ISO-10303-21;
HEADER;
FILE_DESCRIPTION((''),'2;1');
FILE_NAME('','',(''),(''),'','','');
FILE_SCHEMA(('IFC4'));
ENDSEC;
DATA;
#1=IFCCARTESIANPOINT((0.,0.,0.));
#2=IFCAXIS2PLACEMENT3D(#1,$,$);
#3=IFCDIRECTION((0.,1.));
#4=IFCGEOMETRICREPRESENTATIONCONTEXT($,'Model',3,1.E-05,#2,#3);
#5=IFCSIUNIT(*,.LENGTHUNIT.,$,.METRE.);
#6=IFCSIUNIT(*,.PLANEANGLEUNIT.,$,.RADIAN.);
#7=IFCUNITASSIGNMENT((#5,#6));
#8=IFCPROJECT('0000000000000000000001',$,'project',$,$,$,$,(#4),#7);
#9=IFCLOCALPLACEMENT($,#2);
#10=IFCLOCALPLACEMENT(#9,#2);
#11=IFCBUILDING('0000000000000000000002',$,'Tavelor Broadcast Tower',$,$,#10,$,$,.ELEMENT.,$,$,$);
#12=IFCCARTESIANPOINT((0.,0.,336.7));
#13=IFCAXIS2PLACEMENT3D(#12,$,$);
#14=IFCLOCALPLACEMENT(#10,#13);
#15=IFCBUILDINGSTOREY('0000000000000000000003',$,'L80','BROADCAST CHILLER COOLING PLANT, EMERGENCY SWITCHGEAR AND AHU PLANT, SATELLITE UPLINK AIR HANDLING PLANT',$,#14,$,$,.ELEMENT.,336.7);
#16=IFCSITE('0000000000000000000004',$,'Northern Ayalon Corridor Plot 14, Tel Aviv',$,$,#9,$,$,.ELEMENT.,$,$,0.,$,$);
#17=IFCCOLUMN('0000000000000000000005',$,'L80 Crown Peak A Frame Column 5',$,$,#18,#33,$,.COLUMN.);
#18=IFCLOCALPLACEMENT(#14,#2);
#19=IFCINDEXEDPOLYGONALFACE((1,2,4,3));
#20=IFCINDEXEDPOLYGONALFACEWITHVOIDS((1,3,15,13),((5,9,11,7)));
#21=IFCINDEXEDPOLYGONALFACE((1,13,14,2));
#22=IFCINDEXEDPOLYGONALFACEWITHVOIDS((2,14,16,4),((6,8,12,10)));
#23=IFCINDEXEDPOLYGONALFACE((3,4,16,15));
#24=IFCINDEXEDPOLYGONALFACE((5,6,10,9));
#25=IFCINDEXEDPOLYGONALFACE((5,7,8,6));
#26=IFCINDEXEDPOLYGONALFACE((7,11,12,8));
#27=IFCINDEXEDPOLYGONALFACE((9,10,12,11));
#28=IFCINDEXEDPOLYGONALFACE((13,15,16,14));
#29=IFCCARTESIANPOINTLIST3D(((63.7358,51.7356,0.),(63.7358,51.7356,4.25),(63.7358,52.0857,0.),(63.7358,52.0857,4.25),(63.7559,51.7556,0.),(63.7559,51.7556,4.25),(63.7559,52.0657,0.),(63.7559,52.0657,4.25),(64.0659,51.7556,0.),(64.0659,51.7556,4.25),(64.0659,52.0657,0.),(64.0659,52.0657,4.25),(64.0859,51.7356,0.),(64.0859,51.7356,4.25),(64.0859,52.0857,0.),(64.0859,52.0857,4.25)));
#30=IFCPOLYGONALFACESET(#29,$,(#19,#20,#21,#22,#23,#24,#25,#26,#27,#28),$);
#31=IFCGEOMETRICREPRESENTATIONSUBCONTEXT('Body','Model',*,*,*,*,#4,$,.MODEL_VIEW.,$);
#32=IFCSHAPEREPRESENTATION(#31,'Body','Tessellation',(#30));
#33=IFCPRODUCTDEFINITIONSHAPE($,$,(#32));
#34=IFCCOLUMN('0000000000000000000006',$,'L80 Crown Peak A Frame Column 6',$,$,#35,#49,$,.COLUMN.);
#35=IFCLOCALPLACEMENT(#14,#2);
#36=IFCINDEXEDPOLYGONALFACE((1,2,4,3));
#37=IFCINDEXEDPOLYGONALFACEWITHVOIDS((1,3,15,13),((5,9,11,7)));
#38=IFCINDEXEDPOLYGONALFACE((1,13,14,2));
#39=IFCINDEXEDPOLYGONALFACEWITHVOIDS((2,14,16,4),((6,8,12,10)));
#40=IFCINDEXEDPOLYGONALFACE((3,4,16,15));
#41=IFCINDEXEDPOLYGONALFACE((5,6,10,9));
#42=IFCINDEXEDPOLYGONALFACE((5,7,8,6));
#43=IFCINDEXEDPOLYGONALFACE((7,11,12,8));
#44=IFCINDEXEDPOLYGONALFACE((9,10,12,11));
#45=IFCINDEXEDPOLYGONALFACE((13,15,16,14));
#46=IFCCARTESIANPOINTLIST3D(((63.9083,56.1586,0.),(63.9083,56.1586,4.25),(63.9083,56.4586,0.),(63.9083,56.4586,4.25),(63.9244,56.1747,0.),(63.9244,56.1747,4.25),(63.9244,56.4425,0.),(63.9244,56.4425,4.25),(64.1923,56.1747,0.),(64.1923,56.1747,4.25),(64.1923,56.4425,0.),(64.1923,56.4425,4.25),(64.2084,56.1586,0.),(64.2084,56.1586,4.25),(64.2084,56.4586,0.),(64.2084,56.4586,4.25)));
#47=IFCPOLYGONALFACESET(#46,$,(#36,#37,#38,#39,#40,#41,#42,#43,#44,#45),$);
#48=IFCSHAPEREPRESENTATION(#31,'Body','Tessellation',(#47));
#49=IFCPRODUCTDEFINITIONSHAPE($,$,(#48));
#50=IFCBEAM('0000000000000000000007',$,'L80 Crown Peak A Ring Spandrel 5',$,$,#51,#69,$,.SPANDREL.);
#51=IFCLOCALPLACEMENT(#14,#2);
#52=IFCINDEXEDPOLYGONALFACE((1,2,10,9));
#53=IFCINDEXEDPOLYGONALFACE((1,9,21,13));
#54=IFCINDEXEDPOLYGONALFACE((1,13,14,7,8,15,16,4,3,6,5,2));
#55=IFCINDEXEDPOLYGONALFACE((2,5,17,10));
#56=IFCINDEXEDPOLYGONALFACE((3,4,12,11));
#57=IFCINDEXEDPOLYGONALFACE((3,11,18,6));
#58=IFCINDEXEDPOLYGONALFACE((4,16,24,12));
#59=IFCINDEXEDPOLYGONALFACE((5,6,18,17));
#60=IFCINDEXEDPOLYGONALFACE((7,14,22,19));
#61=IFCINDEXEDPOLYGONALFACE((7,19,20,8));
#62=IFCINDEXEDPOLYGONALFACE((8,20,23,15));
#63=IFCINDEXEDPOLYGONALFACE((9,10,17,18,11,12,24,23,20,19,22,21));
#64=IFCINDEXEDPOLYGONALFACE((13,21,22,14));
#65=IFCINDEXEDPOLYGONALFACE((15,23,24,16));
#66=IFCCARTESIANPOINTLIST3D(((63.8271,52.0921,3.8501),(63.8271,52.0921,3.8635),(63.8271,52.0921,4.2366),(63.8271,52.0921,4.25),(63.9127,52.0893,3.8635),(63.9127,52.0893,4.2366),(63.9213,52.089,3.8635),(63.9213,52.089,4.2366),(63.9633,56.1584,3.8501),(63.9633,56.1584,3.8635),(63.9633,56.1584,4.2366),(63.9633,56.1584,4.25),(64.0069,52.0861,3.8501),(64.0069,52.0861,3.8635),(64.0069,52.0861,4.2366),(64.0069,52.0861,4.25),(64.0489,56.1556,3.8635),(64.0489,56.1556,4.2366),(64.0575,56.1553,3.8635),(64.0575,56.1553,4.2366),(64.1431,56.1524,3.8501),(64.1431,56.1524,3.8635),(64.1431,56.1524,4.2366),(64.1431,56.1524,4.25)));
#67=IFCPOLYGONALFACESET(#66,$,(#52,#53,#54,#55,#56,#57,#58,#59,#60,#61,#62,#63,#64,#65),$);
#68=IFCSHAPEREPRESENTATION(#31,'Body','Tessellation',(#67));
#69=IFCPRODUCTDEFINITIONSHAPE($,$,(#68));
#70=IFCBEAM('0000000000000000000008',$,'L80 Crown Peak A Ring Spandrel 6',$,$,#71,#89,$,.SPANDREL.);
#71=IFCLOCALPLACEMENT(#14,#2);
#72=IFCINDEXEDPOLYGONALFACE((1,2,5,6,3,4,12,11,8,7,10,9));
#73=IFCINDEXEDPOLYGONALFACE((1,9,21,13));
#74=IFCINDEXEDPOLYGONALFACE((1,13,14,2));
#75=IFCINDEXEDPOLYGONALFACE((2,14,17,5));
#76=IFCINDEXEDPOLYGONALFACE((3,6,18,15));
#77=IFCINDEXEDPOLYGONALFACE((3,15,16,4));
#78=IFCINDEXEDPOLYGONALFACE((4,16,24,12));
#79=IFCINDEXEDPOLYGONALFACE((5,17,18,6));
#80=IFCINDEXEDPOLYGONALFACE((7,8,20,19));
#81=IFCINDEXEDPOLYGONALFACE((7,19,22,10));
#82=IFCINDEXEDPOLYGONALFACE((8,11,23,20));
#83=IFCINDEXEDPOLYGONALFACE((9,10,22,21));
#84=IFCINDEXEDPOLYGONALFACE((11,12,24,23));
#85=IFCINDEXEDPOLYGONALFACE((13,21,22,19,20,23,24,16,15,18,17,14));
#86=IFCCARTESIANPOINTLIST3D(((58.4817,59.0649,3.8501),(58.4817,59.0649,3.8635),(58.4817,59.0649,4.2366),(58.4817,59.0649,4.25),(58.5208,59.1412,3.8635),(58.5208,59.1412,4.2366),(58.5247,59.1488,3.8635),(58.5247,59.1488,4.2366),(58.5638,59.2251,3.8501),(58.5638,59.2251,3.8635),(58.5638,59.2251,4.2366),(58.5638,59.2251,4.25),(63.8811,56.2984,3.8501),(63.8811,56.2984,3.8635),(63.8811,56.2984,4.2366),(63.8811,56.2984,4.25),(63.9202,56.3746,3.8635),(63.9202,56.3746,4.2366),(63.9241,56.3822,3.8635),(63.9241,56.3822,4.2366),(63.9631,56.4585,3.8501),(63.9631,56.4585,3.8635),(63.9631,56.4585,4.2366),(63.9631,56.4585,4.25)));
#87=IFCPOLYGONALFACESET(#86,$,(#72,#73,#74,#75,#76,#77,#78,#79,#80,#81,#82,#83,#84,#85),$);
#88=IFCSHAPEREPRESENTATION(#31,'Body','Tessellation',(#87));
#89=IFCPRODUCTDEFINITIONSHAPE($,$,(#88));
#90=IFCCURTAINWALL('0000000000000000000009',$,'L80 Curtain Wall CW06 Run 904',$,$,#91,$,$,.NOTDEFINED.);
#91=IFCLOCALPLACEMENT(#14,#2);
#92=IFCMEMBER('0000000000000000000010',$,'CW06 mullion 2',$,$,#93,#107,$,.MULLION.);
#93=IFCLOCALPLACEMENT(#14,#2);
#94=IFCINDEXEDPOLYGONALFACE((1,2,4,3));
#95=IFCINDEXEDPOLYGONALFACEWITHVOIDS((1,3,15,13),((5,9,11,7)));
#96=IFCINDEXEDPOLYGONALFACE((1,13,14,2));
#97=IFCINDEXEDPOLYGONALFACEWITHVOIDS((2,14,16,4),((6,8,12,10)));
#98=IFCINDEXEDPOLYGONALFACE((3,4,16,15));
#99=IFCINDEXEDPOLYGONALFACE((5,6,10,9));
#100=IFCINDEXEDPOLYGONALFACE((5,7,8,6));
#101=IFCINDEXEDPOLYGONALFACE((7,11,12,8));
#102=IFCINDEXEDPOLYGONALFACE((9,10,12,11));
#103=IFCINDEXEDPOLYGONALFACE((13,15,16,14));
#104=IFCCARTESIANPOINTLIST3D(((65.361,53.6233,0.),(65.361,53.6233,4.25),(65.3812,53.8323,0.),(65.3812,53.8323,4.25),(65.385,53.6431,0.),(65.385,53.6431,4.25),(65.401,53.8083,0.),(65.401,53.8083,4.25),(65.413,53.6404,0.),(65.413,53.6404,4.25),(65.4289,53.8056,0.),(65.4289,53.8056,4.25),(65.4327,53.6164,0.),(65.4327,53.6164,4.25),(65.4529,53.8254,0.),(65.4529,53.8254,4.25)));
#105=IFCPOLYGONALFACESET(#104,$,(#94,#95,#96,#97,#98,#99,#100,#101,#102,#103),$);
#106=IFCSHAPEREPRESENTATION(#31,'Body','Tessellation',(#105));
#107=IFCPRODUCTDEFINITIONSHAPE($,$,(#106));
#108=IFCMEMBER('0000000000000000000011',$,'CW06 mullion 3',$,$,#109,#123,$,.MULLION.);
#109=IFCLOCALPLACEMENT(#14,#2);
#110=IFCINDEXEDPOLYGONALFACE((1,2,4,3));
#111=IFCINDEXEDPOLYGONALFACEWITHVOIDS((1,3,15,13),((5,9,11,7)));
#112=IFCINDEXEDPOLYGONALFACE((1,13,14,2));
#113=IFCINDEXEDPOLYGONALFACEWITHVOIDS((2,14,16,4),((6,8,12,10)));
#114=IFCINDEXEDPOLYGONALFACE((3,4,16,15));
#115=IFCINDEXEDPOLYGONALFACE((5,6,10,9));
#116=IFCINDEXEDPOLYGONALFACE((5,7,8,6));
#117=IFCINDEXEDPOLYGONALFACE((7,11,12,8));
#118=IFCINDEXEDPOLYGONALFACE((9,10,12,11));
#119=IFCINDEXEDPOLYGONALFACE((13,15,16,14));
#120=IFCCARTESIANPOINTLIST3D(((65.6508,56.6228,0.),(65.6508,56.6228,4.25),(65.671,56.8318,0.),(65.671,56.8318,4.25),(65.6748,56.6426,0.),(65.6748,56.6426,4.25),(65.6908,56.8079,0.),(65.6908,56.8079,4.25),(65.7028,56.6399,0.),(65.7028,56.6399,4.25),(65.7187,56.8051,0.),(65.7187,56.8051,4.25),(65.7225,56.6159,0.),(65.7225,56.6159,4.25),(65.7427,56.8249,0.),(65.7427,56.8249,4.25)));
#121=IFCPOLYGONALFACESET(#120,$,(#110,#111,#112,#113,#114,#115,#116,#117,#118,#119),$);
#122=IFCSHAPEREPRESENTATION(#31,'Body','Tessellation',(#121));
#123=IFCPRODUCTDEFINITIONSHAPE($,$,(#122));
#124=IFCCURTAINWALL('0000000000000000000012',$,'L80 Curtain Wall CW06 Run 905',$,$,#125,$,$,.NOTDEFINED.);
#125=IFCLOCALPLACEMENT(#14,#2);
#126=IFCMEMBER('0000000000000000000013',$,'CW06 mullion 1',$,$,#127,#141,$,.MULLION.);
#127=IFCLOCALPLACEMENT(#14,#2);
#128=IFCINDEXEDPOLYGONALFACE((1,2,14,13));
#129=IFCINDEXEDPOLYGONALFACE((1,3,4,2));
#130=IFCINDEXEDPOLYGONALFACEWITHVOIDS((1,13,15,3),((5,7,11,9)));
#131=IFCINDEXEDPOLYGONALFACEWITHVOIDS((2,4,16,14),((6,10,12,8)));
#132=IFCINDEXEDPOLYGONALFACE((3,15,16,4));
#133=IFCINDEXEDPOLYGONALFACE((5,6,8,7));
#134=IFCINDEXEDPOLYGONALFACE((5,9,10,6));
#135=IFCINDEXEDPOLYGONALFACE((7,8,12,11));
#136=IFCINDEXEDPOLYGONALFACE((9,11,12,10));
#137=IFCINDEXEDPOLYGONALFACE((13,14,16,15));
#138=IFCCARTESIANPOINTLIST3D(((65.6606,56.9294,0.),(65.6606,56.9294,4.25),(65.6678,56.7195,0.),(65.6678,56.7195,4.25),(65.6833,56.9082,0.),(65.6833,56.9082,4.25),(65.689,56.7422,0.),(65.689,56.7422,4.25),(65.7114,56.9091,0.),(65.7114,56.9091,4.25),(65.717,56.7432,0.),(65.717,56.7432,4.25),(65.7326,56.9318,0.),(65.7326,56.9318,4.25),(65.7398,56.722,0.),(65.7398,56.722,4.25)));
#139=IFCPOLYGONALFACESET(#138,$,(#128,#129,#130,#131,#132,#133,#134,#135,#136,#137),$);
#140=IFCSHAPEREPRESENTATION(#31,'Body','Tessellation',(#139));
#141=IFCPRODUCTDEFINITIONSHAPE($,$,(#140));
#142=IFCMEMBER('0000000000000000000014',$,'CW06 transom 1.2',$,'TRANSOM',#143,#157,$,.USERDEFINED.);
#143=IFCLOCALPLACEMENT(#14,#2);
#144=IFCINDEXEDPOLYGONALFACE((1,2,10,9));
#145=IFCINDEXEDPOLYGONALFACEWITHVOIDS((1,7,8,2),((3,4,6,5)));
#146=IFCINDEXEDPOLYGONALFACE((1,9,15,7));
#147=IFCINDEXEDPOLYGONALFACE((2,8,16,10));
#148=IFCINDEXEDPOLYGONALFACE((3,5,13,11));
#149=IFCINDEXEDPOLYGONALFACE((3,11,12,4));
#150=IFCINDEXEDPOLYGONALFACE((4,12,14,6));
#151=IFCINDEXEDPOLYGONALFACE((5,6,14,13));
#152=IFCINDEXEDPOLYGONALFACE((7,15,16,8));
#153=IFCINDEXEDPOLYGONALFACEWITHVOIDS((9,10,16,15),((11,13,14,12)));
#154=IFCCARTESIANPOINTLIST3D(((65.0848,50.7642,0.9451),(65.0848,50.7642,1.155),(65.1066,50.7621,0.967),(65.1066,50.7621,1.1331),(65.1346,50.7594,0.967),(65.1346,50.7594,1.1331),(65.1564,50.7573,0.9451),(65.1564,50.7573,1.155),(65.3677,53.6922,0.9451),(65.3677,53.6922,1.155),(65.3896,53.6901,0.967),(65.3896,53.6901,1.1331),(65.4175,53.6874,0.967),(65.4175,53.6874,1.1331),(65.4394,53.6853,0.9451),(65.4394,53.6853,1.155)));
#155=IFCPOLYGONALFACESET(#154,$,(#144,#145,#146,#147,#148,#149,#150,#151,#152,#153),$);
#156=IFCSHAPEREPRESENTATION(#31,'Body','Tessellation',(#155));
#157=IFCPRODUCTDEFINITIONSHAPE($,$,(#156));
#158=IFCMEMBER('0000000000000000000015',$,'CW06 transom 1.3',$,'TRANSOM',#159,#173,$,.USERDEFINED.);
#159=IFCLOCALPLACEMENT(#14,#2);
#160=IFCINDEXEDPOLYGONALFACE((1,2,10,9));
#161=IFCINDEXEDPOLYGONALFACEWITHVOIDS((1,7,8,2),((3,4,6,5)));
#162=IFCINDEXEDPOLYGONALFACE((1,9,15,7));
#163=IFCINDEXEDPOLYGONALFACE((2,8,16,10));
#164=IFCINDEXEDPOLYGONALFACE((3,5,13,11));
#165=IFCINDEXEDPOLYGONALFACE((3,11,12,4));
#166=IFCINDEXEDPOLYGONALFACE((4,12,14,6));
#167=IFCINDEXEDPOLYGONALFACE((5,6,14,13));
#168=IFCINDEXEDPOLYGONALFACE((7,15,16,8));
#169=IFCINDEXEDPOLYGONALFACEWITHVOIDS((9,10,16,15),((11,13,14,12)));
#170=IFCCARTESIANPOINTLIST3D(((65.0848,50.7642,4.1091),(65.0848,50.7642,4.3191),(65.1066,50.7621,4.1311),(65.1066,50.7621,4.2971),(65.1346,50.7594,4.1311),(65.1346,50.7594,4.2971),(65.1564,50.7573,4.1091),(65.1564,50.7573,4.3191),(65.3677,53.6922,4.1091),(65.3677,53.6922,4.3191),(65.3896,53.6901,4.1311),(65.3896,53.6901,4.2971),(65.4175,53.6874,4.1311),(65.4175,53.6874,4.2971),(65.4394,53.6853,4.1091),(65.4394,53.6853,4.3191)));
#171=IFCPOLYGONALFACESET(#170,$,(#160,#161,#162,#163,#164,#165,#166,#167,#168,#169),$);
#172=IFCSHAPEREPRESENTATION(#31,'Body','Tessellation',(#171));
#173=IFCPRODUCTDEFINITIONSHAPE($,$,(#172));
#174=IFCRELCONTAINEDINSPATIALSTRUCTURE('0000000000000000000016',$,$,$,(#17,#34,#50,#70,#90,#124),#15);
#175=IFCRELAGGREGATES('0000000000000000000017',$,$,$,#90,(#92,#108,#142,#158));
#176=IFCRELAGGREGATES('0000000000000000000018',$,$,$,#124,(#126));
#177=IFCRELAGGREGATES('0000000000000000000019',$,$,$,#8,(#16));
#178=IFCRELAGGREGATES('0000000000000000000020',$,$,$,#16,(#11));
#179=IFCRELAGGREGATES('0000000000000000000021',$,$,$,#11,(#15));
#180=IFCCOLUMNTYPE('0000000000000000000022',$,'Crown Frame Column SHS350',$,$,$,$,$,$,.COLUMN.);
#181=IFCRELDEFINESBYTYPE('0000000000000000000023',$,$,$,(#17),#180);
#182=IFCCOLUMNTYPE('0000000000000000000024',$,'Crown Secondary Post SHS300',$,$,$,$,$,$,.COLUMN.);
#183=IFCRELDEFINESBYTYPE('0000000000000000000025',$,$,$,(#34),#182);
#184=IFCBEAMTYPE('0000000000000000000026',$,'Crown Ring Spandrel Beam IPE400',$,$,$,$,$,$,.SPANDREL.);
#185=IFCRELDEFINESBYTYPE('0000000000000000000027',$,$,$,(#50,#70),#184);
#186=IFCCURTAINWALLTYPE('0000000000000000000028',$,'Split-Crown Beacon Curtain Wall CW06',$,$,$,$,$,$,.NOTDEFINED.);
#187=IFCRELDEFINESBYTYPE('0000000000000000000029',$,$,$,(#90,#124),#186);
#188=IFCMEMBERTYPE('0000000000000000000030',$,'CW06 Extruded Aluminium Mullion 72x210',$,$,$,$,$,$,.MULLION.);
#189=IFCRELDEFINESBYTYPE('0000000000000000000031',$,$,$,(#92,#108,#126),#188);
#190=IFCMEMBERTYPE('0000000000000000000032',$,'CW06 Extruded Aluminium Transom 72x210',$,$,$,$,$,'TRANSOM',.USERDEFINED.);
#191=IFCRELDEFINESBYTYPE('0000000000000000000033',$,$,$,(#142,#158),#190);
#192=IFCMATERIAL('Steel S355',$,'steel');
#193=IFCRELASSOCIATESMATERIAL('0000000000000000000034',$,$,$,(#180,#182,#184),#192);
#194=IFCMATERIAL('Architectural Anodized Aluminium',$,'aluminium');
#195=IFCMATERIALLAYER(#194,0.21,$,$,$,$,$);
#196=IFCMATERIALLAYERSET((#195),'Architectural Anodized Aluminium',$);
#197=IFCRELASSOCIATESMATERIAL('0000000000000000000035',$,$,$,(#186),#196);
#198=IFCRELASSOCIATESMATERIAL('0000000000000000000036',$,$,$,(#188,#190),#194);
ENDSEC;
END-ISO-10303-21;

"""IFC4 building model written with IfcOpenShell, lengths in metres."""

from ifc_helpers import new_model, si_unit, direction, frame, origin, origin_2d, place, context, subcontext, project, spatial, hollow_rectangle, i_section, extrude, source, transform, mapped, material, layer, layer_set, material_profile, profile_set, type_object, type_shapes, element, aggregate, save


model = new_model("IFC4")

# Units and contexts
model_context = context("Model", 3, precision=1e-05, world=origin(), true_north=direction((0.0, 1.0)))
body_context = subcontext(model_context, "Body", "Model", "MODEL_VIEW")
ifc_project = project(units=[si_unit("LENGTHUNIT", "METRE"), si_unit("PLANEANGLEUNIT", "RADIAN")], contexts=[model_context])

# Site, building, storey
site_placement = place(None, origin())
site = spatial("IfcSite", under=ifc_project, at=site_placement, Name="Northern Ayalon Corridor Plot 14, Tel Aviv", CompositionType="ELEMENT", RefElevation=0.0)
building_placement = place(site_placement, origin())
building = spatial("IfcBuilding", under=site, at=building_placement, Name="Tavelor Broadcast Tower", CompositionType="ELEMENT")
storey_placement = place(building_placement, frame((0.0, 0.0, 336.7)))
storey = spatial("IfcBuildingStorey", under=building, at=storey_placement, Name="L80", Description="BROADCAST CHILLER COOLING PLANT, EMERGENCY SWITCHGEAR AND AHU PLANT, SATELLITE UPLINK AIR HANDLING PLANT", CompositionType="ELEMENT", Elevation=336.7)

# Columns
ifc_material_1 = material(Name="Steel S355", Category="steel")
ifc_material_profile_1 = material_profile(ifc_material_1, hollow_rectangle(XDim=0.3501, YDim=0.3501, WallThickness=0.02, at=origin_2d()), Name="SHS 350x350x20")
ifc_profile_set_1 = profile_set([ifc_material_profile_1], Name="Steel S355")
column_type_1 = type_object("IfcColumnType", Name="Crown Frame Column SHS350", PredefinedType="COLUMN", material=ifc_profile_set_1)
column_1_placement = place(storey_placement, frame((63.9109, 51.9106, 0.0), z_axis=(0.0, 0.0, 1.0), x_axis=(1.0, 0.0, 0.0)))
element("IfcColumn", 1, at=column_1_placement, inside=storey, type_object=column_type_1, Name="L80 Crown Peak A Frame Column 5", PredefinedType="COLUMN", context=body_context, shape_type="SweptSolid", body=[
    extrude(hollow_rectangle(XDim=0.3501, YDim=0.3501, WallThickness=0.02, at=origin_2d()), origin(), (0.0, 0.0, 1.0), 4.25),
])
ifc_material_profile_2 = material_profile(ifc_material_1, hollow_rectangle(XDim=0.3, YDim=0.3, WallThickness=0.0161, at=origin_2d()), Name="SHS 300x300x16")
ifc_profile_set_2 = profile_set([ifc_material_profile_2], Name="Steel S355")
column_type_2 = type_object("IfcColumnType", Name="Crown Secondary Post SHS300", PredefinedType="COLUMN", material=ifc_profile_set_2)
column_2_placement = place(storey_placement, frame((64.0583, 56.3086, 0.0), z_axis=(0.0, 0.0, 1.0), x_axis=(1.0, 0.0, 0.0)))
element("IfcColumn", 2, at=column_2_placement, inside=storey, type_object=column_type_2, Name="L80 Crown Peak A Frame Column 6", PredefinedType="COLUMN", context=body_context, shape_type="SweptSolid", body=[
    extrude(hollow_rectangle(XDim=0.3, YDim=0.3, WallThickness=0.0161, at=origin_2d()), origin(), (0.0, 0.0, 1.0), 4.25),
])

# Beams
ifc_material_profile_3 = material_profile(ifc_material_1, i_section(OverallWidth=0.1799, OverallDepth=0.3999, WebThickness=0.0085, FlangeThickness=0.0134, at=origin_2d()), Name="IPE 400")
ifc_profile_set_3 = profile_set([ifc_material_profile_3], Name="Steel S355")
beam_type = type_object("IfcBeamType", Name="Crown Ring Spandrel Beam IPE400", PredefinedType="SPANDREL", material=ifc_profile_set_3)
beam_1_placement = place(storey_placement, frame((63.917, 52.0891, 4.05), z_axis=(0.033483, 0.999439, 0.0), x_axis=(-0.999439, 0.033483, 0.0)))
element("IfcBeam", 3, at=beam_1_placement, inside=storey, type_object=beam_type, Name="L80 Crown Peak A Ring Spandrel 5", PredefinedType="SPANDREL", context=body_context, shape_type="SweptSolid", body=[
    extrude(i_section(OverallWidth=0.1799, OverallDepth=0.3999, WebThickness=0.0085, FlangeThickness=0.0134, at=origin_2d()), origin(), (0.0, 0.0, 1.0), 4.0686),
])
beam_2_placement = place(storey_placement, frame((63.9221, 56.3784, 4.05), z_axis=(-0.889973, 0.456013, 0.0), x_axis=(-0.456013, -0.889973, 0.0)))
element("IfcBeam", 4, at=beam_2_placement, inside=storey, type_object=beam_type, Name="L80 Crown Peak A Ring Spandrel 6", PredefinedType="SPANDREL", context=body_context, shape_type="SweptSolid", body=[
    extrude(i_section(OverallWidth=0.1799, OverallDepth=0.3999, WebThickness=0.0085, FlangeThickness=0.0134, at=origin_2d()), origin(), (0.0, 0.0, 1.0), 6.0669),
])

# Curtain wall, members
ifc_material_2 = material(Name="Architectural Anodized Aluminium", Category="aluminium")
ifc_layer_1 = layer(ifc_material_2, 0.21)
ifc_layer_set_1 = layer_set([ifc_layer_1], Name="Architectural Anodized Aluminium")
curtain_wall_type = type_object("IfcCurtainWallType", Name="Split-Crown Beacon Curtain Wall CW06", PredefinedType="NOTDEFINED", material=ifc_layer_set_1)
curtain_wall_1_placement = place(storey_placement, origin())
curtain_wall_1 = element("IfcCurtainWall", 5, at=curtain_wall_1_placement, inside=storey, type_object=curtain_wall_type, Name="L80 Curtain Wall CW06 Run 904", PredefinedType="NOTDEFINED")
ifc_material_profile_4 = material_profile(ifc_material_2, hollow_rectangle(XDim=0.072, YDim=0.21, WallThickness=0.022, at=origin_2d()), Name="RHS 72x210x22")
ifc_profile_set_4 = profile_set([ifc_material_profile_4], Name="Architectural Anodized Aluminium")
member_type_1 = type_object("IfcMemberType", Name="CW06 Extruded Aluminium Mullion 72x210", PredefinedType="MULLION", material=ifc_profile_set_4)
shared_shape_1 = source(origin(), body_context, "Body", "SweptSolid", [
    extrude(hollow_rectangle(XDim=0.072, YDim=0.21, WallThickness=0.022, at=origin_2d()), origin(), (0.0, 0.0, 1.0), 4.25),
])
type_shapes(member_type_1, [shared_shape_1])
member_1_placement = place(storey_placement, frame((65.407, 53.7244, 0.0), z_axis=(0.0, 0.0, 1.0), x_axis=(-0.995362, 0.096196, 0.0)))
member_1 = element("IfcMember", 6, at=member_1_placement, type_object=member_type_1, Name="CW06 mullion 2", PredefinedType="MULLION", context=body_context, shape_type="MappedRepresentation", body=[
    mapped(shared_shape_1, transform((0.0, 0.0, 0.0), scale=1.0)),
])
member_2_placement = place(storey_placement, frame((65.6968, 56.7239, 0.0), z_axis=(0.0, 0.0, 1.0), x_axis=(-0.995362, 0.096196, 0.0)))
member_2 = element("IfcMember", 7, at=member_2_placement, type_object=member_type_1, Name="CW06 mullion 3", PredefinedType="MULLION", context=body_context, shape_type="MappedRepresentation", body=[
    mapped(shared_shape_1, transform((0.0, 0.0, 0.0), scale=1.0)),
])

# Curtain wall, member
curtain_wall_2_placement = place(storey_placement, origin())
curtain_wall_2 = element("IfcCurtainWall", 8, at=curtain_wall_2_placement, inside=storey, type_object=curtain_wall_type, Name="L80 Curtain Wall CW06 Run 905", PredefinedType="NOTDEFINED")
member_3_placement = place(storey_placement, frame((65.7002, 56.8257, 0.0), z_axis=(0.0, 0.0, 1.0), x_axis=(-0.999421, -0.034028, 0.0)))
member_3 = element("IfcMember", 9, at=member_3_placement, type_object=member_type_1, Name="CW06 mullion 1", PredefinedType="MULLION", context=body_context, shape_type="MappedRepresentation", body=[
    mapped(shared_shape_1, transform((0.0, 0.0, 0.0), scale=1.0)),
])

# Members
ifc_material_profile_5 = material_profile(ifc_material_2, hollow_rectangle(XDim=0.072, YDim=0.21, WallThickness=0.022, at=origin_2d()), Name="RHS 72x210x22")
ifc_profile_set_5 = profile_set([ifc_material_profile_5], Name="Architectural Anodized Aluminium")
member_type_2 = type_object("IfcMemberType", Name="CW06 Extruded Aluminium Transom 72x210", ElementType="TRANSOM", PredefinedType="USERDEFINED", material=ifc_profile_set_5)
shared_shape_2 = source(origin(), body_context, "Body", "SweptSolid", [
    extrude(hollow_rectangle(XDim=0.072, YDim=0.21, WallThickness=0.022, at=origin_2d()), origin(), (0.0, 0.0, 1.0), 2.9417),
])
member_4_placement = place(storey_placement, frame((65.1206, 50.7607, 1.05), z_axis=(0.096192, 0.995363, 0.0), x_axis=(-0.995363, 0.096192, 0.0)))
member_4 = element("IfcMember", 10, at=member_4_placement, type_object=member_type_2, Name="CW06 transom 1.2", ObjectType="TRANSOM", PredefinedType="USERDEFINED", context=body_context, shape_type="MappedRepresentation", body=[
    mapped(shared_shape_2, transform((0.0, 0.0, 0.0), scale=1.0)),
])
member_5_placement = place(storey_placement, frame((65.1206, 50.7607, 4.2141), z_axis=(0.096192, 0.995363, 0.0), x_axis=(-0.995363, 0.096192, 0.0)))
member_5 = element("IfcMember", 11, at=member_5_placement, type_object=member_type_2, Name="CW06 transom 1.3", ObjectType="TRANSOM", PredefinedType="USERDEFINED", context=body_context, shape_type="MappedRepresentation", body=[
    mapped(shared_shape_2, transform((0.0, 0.0, 0.0), scale=1.0)),
])

aggregate(curtain_wall_1, [member_1, member_2, member_4, member_5])
aggregate(curtain_wall_2, [member_3])

save(model, "model.ifc")
